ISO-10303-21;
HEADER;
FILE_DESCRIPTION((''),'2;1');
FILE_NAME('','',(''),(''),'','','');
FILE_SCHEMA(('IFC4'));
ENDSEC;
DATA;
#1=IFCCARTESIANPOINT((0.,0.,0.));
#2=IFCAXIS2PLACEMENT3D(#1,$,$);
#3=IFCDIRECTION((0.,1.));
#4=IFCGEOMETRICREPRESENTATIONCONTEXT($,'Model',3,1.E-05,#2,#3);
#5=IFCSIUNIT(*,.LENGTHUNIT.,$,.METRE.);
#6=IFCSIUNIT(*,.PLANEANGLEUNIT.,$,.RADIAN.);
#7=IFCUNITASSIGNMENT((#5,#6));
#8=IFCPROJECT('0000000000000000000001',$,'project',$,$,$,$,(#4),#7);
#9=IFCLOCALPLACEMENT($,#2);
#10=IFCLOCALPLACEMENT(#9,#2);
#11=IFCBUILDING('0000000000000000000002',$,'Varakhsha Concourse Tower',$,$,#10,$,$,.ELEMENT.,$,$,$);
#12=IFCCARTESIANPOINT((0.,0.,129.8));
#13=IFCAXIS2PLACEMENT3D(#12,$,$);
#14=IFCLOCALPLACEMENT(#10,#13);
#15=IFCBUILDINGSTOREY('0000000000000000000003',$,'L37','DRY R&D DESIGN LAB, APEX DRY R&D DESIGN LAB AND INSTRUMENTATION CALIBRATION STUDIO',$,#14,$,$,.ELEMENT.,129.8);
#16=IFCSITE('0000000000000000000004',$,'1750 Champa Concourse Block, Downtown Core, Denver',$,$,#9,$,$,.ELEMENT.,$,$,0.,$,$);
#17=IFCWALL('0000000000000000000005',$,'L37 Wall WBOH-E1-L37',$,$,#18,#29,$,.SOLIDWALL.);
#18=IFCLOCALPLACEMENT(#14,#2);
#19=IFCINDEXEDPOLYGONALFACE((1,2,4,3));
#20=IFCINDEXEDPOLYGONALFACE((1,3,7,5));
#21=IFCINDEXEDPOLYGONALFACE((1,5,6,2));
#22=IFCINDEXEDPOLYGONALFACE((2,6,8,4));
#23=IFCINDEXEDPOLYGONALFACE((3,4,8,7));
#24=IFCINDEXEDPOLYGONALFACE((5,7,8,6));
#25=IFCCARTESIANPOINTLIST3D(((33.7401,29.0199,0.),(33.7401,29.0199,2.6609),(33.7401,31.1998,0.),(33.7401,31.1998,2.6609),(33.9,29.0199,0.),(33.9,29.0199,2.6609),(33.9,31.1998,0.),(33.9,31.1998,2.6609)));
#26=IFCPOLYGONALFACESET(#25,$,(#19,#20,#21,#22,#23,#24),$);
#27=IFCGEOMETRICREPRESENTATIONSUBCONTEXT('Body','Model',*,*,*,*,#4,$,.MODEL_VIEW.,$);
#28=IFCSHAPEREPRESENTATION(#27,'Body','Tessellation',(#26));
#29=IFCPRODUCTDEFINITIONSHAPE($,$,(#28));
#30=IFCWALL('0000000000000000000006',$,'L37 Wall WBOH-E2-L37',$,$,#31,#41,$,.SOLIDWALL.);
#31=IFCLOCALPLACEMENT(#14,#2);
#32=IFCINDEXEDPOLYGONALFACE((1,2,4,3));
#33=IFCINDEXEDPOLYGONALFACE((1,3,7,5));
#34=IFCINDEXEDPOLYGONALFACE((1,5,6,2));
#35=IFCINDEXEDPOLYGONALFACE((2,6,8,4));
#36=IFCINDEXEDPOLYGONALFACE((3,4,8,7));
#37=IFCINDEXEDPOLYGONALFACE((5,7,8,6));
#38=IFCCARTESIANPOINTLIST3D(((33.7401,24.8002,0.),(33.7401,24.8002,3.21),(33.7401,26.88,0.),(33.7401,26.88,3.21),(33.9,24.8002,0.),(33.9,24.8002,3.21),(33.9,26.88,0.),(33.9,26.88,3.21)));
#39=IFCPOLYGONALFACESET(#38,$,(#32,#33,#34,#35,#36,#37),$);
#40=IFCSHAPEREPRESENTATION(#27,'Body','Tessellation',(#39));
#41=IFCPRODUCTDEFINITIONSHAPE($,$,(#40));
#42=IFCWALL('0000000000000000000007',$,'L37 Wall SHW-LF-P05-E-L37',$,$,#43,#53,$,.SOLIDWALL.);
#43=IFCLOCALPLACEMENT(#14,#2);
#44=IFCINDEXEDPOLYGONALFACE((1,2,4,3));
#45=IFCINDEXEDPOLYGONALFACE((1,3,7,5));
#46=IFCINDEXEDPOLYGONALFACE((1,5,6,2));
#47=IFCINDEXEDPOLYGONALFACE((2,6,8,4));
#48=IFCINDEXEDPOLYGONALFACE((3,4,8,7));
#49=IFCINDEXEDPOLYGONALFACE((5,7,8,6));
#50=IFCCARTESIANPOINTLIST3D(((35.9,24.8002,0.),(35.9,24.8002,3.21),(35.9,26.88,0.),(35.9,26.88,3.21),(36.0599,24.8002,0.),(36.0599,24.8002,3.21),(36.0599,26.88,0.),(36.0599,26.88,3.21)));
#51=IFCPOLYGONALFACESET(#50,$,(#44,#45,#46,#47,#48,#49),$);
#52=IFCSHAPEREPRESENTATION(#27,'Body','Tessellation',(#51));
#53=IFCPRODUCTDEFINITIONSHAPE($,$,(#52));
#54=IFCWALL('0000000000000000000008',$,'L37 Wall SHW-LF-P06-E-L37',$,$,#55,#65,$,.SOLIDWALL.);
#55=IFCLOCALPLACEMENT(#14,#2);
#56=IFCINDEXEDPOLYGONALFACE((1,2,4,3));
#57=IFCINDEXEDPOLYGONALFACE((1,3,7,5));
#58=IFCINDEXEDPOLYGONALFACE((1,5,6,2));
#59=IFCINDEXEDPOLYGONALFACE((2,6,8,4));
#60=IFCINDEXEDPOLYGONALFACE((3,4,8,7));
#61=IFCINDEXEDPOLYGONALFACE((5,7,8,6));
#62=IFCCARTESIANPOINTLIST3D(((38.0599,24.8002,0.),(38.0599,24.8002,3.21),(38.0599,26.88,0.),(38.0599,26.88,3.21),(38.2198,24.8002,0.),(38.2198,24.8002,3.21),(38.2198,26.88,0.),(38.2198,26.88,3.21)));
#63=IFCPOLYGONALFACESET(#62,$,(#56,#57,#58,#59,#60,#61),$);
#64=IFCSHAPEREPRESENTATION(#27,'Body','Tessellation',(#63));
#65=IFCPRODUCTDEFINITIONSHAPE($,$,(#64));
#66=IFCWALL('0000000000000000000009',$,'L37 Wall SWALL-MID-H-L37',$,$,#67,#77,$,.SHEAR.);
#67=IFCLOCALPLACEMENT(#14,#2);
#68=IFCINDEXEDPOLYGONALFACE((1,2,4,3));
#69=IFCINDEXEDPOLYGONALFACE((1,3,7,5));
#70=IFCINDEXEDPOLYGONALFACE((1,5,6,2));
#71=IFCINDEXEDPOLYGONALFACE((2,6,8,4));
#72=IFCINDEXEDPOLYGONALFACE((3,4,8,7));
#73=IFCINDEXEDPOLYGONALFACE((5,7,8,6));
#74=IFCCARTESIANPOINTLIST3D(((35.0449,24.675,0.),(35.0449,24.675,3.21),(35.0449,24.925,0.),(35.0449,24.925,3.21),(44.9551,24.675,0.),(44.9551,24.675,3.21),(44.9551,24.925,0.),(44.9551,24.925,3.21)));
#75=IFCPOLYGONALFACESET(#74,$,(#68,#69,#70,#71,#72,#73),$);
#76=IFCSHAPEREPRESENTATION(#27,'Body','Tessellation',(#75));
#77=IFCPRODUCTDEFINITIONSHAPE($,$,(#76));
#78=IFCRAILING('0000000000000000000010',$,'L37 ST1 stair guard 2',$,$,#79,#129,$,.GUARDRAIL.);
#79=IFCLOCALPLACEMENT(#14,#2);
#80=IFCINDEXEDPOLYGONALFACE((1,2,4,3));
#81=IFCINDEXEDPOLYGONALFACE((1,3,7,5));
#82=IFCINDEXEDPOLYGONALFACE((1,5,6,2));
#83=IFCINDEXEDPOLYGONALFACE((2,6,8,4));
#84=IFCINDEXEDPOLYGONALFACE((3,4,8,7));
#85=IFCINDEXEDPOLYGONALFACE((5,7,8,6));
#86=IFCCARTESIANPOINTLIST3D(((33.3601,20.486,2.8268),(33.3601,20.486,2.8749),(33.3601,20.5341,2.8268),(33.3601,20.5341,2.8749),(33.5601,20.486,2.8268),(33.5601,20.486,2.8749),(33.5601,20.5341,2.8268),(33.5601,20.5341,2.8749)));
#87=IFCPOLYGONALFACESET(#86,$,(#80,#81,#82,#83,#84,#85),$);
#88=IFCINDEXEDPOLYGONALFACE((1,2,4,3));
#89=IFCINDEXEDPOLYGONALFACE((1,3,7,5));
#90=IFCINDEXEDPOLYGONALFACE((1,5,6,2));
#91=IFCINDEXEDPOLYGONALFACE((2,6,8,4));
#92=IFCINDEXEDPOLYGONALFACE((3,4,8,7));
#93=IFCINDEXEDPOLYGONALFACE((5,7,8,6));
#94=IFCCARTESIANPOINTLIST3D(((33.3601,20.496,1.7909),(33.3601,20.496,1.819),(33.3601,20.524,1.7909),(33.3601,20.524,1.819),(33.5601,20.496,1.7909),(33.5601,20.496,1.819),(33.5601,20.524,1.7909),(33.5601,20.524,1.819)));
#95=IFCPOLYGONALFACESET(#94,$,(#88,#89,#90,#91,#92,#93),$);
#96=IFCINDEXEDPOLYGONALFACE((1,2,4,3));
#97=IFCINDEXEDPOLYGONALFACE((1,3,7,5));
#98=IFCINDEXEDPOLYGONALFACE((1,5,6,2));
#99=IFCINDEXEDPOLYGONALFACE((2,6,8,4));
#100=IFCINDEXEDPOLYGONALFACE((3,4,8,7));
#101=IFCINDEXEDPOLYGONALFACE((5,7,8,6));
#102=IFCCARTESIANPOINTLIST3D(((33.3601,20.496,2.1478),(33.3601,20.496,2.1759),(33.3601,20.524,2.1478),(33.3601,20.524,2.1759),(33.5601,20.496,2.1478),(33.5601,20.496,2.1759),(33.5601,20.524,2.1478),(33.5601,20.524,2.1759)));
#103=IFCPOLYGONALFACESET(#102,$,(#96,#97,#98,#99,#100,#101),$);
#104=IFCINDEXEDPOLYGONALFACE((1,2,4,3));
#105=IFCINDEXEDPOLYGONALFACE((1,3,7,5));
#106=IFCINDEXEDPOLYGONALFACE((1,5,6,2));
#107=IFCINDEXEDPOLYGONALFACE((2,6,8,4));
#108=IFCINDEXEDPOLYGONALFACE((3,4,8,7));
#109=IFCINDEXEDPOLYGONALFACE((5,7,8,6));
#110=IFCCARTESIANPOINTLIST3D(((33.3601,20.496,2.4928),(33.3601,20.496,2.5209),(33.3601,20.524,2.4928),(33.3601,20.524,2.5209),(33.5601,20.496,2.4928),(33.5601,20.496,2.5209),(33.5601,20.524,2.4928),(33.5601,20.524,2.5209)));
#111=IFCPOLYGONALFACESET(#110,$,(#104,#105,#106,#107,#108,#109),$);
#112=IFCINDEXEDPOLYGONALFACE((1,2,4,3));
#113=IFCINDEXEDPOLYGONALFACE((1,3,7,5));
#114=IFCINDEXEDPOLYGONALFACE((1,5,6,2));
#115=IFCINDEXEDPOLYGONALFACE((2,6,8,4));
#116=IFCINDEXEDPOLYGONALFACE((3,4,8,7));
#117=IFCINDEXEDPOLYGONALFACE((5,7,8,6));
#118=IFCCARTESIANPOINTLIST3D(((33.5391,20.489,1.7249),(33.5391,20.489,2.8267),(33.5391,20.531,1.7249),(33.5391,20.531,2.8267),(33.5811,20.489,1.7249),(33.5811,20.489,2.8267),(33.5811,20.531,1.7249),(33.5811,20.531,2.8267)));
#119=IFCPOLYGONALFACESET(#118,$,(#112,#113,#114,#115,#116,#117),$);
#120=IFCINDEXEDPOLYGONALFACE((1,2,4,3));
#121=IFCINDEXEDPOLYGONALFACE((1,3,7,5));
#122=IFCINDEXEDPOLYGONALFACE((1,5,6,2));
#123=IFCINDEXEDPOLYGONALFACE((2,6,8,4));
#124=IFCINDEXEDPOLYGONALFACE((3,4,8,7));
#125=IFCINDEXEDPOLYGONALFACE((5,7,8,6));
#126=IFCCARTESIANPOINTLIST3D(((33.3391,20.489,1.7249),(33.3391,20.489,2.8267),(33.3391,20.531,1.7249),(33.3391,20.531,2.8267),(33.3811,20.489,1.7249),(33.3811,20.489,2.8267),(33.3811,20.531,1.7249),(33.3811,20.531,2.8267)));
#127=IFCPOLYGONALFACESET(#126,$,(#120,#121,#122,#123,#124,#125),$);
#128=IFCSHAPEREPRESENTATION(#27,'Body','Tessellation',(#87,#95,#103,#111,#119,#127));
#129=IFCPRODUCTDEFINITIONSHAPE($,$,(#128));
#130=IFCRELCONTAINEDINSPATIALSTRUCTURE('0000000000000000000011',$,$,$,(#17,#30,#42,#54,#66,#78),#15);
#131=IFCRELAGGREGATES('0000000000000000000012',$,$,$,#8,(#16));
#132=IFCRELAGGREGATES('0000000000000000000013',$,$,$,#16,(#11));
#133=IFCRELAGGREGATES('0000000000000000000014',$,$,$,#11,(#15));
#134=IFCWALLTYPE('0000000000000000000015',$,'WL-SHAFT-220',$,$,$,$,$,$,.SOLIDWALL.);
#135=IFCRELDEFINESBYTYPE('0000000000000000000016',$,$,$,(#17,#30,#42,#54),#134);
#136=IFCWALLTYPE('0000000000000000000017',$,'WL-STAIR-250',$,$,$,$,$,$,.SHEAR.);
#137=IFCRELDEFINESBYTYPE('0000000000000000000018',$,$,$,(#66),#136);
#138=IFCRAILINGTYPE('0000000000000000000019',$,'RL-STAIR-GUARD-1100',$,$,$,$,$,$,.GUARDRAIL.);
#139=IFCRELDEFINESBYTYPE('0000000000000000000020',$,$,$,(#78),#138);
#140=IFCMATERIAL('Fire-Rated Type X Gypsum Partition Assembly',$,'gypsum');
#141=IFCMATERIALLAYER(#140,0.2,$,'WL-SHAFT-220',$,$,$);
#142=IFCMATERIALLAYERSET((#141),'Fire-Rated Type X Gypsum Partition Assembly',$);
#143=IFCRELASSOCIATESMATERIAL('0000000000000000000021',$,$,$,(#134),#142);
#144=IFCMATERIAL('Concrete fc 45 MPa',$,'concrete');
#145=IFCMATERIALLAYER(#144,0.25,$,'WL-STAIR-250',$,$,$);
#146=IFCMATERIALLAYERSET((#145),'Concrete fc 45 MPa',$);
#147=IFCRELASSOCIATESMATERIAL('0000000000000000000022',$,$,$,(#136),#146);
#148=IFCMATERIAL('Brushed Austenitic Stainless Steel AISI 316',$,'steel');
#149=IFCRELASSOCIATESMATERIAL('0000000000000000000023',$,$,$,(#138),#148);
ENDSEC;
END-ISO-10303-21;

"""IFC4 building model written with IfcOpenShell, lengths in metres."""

from ifc_helpers import new_model, si_unit, direction, frame, frame_2d, origin, origin_2d, place, context, subcontext, project, spatial, rectangle, extrude, material, layer, layer_set, type_object, element, save


model = new_model("IFC4")

# Units and contexts
model_context = context("Model", 3, precision=1e-05, world=origin(), true_north=direction((0.0, 1.0)))
body_context = subcontext(model_context, "Body", "Model", "MODEL_VIEW")
ifc_project = project(units=[si_unit("LENGTHUNIT", "METRE"), si_unit("PLANEANGLEUNIT", "RADIAN")], contexts=[model_context])

# Site, building, storey
site_placement = place(None, origin())
site = spatial("IfcSite", under=ifc_project, at=site_placement, Name="1750 Champa Concourse Block, Downtown Core, Denver", CompositionType="ELEMENT", RefElevation=0.0)
building_placement = place(site_placement, origin())
building = spatial("IfcBuilding", under=site, at=building_placement, Name="Varakhsha Concourse Tower", CompositionType="ELEMENT")
storey_placement = place(building_placement, frame((0.0, 0.0, 129.8)))
storey = spatial("IfcBuildingStorey", under=building, at=storey_placement, Name="L37", Description="DRY R&D DESIGN LAB, APEX DRY R&D DESIGN LAB AND INSTRUMENTATION CALIBRATION STUDIO", CompositionType="ELEMENT", Elevation=129.8)

# Shared definitions
ifc_material_1 = material(Name="Fire-Rated Type X Gypsum Partition Assembly", Category="gypsum")
ifc_layer_1 = layer(ifc_material_1, 0.2, Name="WL-SHAFT-220")
ifc_layer_set_1 = layer_set([ifc_layer_1], Name="Fire-Rated Type X Gypsum Partition Assembly")
wall_type_1 = type_object("IfcWallType", Name="WL-SHAFT-220", PredefinedType="SOLIDWALL", material=ifc_layer_set_1)
ifc_material_2 = material(Name="Brushed Austenitic Stainless Steel AISI 316", Category="steel")

# Walls
wall_1_placement = place(storey_placement, frame((33.8201, 29.02, 0.0), z_axis=(0.0, 0.0, 1.0), x_axis=(0.0, 1.0, 0.0)))
element("IfcWall", 1, at=wall_1_placement, inside=storey, type_object=wall_type_1, Name="L37 Wall WBOH-E1-L37", PredefinedType="SOLIDWALL", context=body_context, shape_type="SweptSolid", body=[
    extrude(rectangle(XDim=2.1799, YDim=0.1599, at=frame_2d((1.0898, 0.0))), origin(), (0.0, 0.0, 1.0), 2.6609),
])
for number, where, z_axis, x_axis, name in (
    (2, (33.8201, 24.8, 0.0), (0.0, 0.0, 1.0), (0.0, 1.0, 0.0), "L37 Wall WBOH-E2-L37"),
    (3, (35.98, 24.8, 0.0), (0.0, 0.0, 1.0), (0.0, 1.0, 0.0), "L37 Wall SHW-LF-P05-E-L37"),
    (4, (38.1399, 24.8, 0.0), (0.0, 0.0, 1.0), (0.0, 1.0, 0.0), "L37 Wall SHW-LF-P06-E-L37"),
):
    element("IfcWall", number, at=place(storey_placement, frame(where, z_axis=z_axis, x_axis=x_axis)), inside=storey, type_object=wall_type_1, Name=name, PredefinedType="SOLIDWALL", context=body_context, shape_type="SweptSolid", body=[
        extrude(rectangle(XDim=2.0798, YDim=0.1599, at=frame_2d((1.04, 0.0))), origin(), (0.0, 0.0, 1.0), 3.21),
    ])
ifc_material_3 = material(Name="Concrete fc 45 MPa", Category="concrete")
ifc_layer_2 = layer(ifc_material_3, 0.25, Name="WL-STAIR-250")
ifc_layer_set_2 = layer_set([ifc_layer_2], Name="Concrete fc 45 MPa")
wall_type_2 = type_object("IfcWallType", Name="WL-STAIR-250", PredefinedType="SHEAR", material=ifc_layer_set_2)
wall_2_placement = place(storey_placement, frame((35.0449, 24.8, 0.0), z_axis=(0.0, 0.0, 1.0), x_axis=(1.0, 0.0, 0.0)))
element("IfcWall", 5, at=wall_2_placement, inside=storey, type_object=wall_type_2, Name="L37 Wall SWALL-MID-H-L37", PredefinedType="SHEAR", context=body_context, shape_type="SweptSolid", body=[
    extrude(rectangle(XDim=9.9102, YDim=0.25, at=frame_2d((4.9551, 0.0))), origin(), (0.0, 0.0, 1.0), 3.21),
])

# Railing
railing_type = type_object("IfcRailingType", Name="RL-STAIR-GUARD-1100", PredefinedType="GUARDRAIL", material=ifc_material_2)
railing_placement = place(storey_placement, frame((33.5601, 20.51, 1.7249)))
element("IfcRailing", 6, at=railing_placement, inside=storey, type_object=railing_type, Name="L37 ST1 stair guard 2", PredefinedType="GUARDRAIL", context=body_context, shape_type="SweptSolid", body=[
    extrude(rectangle(XDim=0.0481, YDim=0.0481, at=origin_2d()), frame((0.0, 0.0, 1.126), z_axis=(-1.0, 0.0, 0.0), x_axis=(0.0, -1.0, 0.0)), (0.0, 0.0, 1.0), 0.2),
    extrude(rectangle(XDim=0.0281, YDim=0.0281, at=origin_2d()), frame((0.0, 0.0, 0.0801), z_axis=(-1.0, 0.0, 0.0), x_axis=(0.0, -1.0, 0.0)), (0.0, 0.0, 1.0), 0.2),
    extrude(rectangle(XDim=0.0281, YDim=0.0281, at=origin_2d()), frame((0.0, 0.0, 0.437), z_axis=(-1.0, 0.0, 0.0), x_axis=(0.0, -1.0, 0.0)), (0.0, 0.0, 1.0), 0.2),
    extrude(rectangle(XDim=0.0281, YDim=0.0281, at=origin_2d()), frame((0.0, 0.0, 0.782), z_axis=(-1.0, 0.0, 0.0), x_axis=(0.0, -1.0, 0.0)), (0.0, 0.0, 1.0), 0.2),
    extrude(rectangle(XDim=0.042, YDim=0.042, at=origin_2d()), origin(), (0.0, 0.0, 1.0), 1.1018),
    extrude(rectangle(XDim=0.042, YDim=0.042, at=origin_2d()), frame((-0.2, 0.0, 0.0)), (0.0, 0.0, 1.0), 1.1018),
])

save(model, "model.ifc")
